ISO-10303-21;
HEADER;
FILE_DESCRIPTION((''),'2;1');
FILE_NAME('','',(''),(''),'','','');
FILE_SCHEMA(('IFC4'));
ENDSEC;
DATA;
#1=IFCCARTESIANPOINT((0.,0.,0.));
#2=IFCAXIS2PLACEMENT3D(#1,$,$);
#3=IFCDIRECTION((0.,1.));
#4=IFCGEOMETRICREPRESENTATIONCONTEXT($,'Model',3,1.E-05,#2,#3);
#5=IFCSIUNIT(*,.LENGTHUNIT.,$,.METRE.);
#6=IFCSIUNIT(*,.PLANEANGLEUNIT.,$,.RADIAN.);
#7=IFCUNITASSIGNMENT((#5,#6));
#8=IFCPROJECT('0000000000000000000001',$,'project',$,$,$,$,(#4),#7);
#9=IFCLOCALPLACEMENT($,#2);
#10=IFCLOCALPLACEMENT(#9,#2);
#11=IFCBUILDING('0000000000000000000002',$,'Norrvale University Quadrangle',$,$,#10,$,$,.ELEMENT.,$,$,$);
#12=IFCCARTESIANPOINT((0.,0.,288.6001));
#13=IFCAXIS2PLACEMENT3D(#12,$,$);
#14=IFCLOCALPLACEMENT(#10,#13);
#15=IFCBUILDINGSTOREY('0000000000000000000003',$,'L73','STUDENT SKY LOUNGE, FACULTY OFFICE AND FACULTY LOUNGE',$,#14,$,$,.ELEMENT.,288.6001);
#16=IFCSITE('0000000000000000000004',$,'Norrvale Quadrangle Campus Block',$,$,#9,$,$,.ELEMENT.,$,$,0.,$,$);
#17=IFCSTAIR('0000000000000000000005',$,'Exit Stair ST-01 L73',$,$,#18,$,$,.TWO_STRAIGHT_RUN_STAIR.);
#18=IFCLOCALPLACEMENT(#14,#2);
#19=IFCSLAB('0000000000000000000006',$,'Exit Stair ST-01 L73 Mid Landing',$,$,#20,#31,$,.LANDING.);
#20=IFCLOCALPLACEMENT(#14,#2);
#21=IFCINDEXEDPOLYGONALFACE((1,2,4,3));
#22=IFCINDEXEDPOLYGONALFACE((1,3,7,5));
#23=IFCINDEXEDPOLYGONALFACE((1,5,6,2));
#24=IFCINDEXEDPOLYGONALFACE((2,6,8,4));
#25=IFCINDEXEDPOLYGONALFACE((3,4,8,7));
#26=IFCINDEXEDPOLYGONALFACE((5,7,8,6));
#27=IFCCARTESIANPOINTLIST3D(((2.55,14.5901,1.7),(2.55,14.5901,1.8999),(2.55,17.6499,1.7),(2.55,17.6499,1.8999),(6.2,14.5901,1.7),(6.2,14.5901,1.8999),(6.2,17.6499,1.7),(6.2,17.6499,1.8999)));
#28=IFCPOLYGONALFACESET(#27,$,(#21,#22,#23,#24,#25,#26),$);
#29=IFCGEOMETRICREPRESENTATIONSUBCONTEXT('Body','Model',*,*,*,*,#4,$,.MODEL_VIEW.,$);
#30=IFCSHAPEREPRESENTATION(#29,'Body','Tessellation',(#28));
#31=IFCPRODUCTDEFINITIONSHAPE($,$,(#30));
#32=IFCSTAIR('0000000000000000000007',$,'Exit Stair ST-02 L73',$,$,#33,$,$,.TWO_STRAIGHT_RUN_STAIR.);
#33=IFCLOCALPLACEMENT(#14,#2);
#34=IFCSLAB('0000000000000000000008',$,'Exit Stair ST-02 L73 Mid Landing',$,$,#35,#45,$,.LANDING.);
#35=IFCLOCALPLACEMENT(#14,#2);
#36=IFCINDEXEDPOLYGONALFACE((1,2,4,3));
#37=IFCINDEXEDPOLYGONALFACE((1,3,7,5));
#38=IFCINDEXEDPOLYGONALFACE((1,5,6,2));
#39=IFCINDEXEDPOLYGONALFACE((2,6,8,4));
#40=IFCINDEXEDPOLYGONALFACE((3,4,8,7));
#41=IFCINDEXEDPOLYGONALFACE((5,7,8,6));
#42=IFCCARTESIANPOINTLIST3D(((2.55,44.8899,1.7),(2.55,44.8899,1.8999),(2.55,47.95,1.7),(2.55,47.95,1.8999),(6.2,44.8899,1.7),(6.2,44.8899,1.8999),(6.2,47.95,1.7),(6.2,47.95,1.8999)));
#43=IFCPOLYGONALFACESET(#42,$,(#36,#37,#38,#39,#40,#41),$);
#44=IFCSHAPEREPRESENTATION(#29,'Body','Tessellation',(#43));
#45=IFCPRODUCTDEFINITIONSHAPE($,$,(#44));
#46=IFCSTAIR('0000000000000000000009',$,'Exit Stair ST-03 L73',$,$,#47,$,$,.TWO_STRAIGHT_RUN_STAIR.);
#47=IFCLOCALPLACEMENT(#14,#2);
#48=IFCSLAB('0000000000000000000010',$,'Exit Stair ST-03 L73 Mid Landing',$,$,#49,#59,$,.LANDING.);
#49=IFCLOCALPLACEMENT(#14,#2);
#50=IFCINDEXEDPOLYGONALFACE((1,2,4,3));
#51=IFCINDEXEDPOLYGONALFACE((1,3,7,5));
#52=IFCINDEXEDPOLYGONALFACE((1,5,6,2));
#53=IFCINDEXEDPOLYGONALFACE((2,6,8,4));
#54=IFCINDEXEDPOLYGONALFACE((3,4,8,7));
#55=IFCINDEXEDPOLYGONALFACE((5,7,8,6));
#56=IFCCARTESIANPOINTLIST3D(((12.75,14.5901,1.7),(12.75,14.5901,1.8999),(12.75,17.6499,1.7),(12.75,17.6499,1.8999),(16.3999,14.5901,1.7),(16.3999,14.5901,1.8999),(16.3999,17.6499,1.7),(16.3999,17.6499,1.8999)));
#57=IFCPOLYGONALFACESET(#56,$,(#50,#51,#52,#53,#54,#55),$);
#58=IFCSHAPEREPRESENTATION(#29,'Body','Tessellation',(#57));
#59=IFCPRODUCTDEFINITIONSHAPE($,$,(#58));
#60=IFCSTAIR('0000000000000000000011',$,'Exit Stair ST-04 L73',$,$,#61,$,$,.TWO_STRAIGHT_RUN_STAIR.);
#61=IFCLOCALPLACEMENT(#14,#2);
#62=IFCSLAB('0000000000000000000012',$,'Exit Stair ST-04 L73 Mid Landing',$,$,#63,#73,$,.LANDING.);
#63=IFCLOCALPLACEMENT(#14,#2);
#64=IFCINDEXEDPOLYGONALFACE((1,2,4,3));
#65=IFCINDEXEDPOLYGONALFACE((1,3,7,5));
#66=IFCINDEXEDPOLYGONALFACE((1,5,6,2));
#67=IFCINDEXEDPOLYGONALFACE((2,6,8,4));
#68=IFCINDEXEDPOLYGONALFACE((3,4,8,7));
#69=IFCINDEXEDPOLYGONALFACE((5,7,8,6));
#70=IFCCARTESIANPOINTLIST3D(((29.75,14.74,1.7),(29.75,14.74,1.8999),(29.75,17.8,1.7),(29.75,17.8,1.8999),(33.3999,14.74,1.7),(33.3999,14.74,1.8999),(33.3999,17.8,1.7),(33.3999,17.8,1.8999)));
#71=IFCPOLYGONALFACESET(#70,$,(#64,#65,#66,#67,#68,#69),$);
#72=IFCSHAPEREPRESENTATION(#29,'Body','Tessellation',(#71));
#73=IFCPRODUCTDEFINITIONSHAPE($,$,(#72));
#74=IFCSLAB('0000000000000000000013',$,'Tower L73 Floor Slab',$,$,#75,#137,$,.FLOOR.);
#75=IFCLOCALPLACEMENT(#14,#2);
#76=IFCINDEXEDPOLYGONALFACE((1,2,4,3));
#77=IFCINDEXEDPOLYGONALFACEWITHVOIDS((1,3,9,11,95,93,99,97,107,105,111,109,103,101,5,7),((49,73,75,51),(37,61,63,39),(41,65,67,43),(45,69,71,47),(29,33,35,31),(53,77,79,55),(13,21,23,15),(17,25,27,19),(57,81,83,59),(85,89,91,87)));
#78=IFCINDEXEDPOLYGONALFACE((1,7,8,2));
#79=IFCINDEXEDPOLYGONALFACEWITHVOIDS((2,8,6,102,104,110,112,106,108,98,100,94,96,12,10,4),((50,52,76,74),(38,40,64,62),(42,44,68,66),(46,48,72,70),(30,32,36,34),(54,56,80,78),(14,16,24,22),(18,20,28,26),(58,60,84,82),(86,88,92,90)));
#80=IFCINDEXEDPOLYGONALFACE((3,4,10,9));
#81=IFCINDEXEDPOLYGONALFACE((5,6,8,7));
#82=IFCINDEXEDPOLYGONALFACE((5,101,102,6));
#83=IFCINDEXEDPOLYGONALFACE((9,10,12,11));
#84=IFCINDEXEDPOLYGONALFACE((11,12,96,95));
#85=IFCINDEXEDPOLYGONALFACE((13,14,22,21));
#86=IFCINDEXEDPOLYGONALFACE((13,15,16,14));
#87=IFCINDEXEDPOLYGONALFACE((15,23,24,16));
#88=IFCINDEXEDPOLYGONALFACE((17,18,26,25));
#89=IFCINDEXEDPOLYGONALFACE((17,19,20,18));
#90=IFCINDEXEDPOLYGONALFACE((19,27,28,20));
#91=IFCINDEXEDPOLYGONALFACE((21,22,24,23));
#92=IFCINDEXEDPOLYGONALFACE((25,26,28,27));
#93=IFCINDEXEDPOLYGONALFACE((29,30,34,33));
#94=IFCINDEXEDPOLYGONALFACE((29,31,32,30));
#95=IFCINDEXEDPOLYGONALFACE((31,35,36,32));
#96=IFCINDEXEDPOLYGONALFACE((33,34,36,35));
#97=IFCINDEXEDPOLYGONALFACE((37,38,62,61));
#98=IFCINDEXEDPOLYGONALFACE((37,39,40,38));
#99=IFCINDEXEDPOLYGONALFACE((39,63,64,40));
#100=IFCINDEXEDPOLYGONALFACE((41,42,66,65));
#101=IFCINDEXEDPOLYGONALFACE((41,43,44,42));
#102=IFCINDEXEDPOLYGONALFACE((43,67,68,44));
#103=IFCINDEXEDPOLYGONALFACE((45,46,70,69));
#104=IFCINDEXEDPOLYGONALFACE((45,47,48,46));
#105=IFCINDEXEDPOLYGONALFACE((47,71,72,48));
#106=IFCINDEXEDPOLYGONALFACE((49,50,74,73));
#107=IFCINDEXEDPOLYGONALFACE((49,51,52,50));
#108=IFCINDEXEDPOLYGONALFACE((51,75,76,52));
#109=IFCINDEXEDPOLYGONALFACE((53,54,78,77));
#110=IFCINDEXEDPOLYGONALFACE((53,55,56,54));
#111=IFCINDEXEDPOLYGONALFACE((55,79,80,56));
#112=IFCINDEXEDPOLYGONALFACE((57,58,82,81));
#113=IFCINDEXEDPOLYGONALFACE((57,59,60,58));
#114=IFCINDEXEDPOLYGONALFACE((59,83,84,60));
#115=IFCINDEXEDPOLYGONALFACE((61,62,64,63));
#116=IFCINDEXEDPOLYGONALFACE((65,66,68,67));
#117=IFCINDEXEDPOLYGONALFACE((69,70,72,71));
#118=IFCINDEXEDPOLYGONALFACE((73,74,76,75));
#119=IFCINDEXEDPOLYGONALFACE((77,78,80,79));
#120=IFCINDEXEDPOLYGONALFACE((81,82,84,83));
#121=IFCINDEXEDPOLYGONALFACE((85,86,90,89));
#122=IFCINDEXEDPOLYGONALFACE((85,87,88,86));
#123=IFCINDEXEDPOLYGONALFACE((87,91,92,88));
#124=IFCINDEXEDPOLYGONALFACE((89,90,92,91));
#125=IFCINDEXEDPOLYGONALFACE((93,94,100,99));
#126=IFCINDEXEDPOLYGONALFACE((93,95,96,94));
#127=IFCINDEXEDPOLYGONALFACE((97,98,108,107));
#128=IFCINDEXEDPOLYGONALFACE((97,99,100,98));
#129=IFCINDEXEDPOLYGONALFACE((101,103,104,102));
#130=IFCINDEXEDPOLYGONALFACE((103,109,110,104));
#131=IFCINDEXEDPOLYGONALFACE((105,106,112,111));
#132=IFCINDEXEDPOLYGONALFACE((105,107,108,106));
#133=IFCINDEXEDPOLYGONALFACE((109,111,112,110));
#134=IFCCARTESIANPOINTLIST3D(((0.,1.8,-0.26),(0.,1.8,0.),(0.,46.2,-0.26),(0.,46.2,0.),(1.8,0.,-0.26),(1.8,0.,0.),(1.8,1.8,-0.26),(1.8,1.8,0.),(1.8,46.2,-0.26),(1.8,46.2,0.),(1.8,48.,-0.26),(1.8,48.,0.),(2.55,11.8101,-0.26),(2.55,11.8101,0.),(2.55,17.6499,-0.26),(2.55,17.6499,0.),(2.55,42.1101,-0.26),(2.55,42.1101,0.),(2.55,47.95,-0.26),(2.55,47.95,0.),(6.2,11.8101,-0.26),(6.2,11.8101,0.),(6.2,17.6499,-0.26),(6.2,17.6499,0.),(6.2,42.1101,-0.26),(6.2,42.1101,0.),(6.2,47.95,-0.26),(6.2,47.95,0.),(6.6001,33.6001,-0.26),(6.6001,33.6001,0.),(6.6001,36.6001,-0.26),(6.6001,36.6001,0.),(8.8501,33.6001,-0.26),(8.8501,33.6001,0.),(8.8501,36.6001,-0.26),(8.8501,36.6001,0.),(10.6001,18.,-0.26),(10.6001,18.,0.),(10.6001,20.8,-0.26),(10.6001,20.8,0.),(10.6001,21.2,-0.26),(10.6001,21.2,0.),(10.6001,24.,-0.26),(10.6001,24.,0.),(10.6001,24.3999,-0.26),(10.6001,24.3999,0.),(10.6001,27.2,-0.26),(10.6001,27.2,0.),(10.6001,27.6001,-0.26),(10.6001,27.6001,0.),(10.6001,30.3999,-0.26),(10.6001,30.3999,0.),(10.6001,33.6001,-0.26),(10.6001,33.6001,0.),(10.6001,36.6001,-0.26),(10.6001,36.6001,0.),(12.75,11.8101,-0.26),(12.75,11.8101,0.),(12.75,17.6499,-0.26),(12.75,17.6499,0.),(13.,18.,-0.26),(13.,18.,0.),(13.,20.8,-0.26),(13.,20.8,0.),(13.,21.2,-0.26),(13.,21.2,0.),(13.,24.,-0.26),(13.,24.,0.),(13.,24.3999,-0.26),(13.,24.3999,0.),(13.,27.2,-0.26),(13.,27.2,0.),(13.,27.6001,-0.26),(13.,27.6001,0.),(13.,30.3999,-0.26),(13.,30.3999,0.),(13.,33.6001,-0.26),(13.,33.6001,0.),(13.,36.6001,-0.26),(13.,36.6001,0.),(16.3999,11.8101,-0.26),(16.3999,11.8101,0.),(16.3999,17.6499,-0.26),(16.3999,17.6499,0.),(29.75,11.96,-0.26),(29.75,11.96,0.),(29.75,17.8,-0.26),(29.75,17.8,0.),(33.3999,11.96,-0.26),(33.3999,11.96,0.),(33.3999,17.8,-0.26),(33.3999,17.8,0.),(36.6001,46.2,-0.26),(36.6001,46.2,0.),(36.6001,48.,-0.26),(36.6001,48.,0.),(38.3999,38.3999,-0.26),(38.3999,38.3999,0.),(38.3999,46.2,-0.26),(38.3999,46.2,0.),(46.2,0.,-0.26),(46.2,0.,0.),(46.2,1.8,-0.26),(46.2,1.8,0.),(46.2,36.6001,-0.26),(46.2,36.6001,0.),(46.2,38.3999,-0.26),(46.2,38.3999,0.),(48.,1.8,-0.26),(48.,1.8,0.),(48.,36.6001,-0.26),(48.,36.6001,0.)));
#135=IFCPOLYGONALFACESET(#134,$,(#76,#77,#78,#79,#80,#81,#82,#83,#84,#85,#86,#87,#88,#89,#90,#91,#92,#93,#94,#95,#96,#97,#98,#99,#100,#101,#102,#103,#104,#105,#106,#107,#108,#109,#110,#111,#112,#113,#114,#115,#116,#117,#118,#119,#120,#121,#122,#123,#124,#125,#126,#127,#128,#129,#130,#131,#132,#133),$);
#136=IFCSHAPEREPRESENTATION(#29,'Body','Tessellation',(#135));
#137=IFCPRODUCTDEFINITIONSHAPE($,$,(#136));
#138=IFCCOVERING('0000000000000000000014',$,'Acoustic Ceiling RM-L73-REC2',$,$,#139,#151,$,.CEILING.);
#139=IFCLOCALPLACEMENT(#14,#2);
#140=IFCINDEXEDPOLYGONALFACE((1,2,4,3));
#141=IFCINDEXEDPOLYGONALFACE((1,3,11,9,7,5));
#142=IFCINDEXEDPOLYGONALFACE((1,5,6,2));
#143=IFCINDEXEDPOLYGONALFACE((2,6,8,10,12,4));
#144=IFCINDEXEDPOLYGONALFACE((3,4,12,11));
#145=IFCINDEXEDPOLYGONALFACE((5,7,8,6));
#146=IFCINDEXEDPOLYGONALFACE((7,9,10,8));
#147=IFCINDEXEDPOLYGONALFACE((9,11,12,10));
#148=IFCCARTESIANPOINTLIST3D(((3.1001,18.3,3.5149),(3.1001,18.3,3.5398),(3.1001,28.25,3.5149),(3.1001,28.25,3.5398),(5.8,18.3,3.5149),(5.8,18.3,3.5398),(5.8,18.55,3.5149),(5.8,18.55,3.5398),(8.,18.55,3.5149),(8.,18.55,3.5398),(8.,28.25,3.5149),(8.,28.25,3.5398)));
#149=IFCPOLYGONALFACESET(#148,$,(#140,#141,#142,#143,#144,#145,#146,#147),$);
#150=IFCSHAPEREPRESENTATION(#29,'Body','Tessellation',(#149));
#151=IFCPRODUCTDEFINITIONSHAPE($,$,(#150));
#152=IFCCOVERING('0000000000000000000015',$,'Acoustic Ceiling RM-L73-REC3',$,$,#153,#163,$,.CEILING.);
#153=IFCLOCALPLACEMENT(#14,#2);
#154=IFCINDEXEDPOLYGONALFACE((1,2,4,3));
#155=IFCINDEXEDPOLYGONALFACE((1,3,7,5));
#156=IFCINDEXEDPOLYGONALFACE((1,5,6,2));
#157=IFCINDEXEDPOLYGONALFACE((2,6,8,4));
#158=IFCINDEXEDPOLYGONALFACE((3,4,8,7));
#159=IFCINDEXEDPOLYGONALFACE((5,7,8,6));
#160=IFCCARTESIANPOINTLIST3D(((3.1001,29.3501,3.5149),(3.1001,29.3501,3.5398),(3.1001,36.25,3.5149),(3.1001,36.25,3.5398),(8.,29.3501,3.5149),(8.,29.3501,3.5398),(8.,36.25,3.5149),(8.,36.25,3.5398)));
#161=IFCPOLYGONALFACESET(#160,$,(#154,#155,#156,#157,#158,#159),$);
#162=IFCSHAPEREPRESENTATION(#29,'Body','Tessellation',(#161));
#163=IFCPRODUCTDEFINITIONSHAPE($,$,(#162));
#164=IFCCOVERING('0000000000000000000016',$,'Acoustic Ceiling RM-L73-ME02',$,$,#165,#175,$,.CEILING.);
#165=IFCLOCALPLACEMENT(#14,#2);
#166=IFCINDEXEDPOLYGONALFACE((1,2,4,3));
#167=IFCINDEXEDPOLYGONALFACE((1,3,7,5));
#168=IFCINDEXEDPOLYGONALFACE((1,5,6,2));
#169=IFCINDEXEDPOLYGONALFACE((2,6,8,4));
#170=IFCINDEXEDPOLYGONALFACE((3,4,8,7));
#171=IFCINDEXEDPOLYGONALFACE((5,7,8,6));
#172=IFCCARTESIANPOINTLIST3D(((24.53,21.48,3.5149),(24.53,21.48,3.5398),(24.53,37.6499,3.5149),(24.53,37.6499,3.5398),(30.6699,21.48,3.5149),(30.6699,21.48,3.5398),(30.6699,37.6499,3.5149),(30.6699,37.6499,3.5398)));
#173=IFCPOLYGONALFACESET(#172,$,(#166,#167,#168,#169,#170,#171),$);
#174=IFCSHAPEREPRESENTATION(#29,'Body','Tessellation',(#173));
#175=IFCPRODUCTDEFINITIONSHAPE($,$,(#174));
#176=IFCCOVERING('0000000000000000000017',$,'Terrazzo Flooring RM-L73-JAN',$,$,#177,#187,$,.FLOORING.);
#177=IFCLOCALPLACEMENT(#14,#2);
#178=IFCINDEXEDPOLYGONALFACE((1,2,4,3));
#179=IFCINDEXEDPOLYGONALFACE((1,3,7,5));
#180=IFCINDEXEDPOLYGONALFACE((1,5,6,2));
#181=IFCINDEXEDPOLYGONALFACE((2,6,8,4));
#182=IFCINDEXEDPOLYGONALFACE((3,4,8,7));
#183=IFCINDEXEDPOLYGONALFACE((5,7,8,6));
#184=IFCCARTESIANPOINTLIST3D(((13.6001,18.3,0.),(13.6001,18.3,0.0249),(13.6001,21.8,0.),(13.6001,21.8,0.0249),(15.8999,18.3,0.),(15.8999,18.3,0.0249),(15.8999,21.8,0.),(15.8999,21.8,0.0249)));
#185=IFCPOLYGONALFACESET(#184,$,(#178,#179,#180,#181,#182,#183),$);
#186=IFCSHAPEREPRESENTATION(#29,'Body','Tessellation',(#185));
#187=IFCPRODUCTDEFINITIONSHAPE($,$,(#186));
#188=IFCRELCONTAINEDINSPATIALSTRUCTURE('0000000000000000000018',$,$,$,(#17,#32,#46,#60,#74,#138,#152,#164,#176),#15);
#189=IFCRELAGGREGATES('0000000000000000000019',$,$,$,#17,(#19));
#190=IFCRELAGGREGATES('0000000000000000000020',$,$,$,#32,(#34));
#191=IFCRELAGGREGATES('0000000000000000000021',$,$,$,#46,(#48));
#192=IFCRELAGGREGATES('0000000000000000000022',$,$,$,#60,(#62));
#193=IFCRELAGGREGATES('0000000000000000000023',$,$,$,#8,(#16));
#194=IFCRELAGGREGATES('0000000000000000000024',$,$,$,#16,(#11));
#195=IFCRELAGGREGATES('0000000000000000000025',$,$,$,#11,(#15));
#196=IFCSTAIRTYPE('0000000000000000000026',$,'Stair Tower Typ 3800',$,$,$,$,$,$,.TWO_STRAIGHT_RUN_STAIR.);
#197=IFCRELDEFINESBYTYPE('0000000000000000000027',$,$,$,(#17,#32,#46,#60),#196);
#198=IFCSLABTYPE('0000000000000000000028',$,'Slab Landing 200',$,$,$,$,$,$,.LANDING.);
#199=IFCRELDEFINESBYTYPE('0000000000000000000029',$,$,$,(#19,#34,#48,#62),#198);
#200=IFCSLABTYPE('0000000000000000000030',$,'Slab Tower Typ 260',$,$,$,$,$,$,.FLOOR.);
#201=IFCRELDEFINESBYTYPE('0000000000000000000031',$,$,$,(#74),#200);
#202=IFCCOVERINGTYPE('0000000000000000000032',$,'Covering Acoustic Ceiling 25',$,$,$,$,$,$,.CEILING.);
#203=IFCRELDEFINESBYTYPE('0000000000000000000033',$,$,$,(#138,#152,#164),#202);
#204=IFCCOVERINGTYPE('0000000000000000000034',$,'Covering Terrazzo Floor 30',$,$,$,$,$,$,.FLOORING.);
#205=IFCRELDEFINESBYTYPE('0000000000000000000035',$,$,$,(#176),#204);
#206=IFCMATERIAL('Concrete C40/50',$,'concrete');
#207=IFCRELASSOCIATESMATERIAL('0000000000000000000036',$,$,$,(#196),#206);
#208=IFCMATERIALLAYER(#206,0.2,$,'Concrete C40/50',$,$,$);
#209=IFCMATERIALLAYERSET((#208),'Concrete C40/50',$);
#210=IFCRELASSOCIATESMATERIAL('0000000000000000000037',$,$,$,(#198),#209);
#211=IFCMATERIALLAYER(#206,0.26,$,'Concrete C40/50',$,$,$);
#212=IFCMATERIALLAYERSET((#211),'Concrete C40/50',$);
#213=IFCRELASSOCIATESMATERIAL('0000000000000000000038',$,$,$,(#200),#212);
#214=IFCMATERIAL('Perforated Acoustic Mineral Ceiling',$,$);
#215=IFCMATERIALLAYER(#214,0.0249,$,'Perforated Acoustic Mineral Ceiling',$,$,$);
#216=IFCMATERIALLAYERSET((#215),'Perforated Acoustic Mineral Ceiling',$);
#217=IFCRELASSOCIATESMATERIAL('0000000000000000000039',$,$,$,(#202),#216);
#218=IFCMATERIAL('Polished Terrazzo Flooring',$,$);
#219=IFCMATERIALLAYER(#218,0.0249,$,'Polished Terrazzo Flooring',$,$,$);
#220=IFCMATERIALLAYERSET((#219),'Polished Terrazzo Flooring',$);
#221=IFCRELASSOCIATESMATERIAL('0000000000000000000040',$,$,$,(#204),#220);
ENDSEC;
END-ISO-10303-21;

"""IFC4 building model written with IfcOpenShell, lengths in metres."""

from ifc_helpers import new_model, si_unit, direction, frame, origin, place, context, subcontext, project, spatial, polyline, outline, extrude, material, layer, layer_set, type_object, element, aggregate, save


model = new_model("IFC4")

# Units and contexts
model_context = context("Model", 3, precision=1e-05, world=origin(), true_north=direction((0.0, 1.0)))
body_context = subcontext(model_context, "Body", "Model", "MODEL_VIEW")
ifc_project = project(units=[si_unit("LENGTHUNIT", "METRE"), si_unit("PLANEANGLEUNIT", "RADIAN")], contexts=[model_context])

# Site, building, storey
site_placement = place(None, origin())
site = spatial("IfcSite", under=ifc_project, at=site_placement, Name="Norrvale Quadrangle Campus Block", CompositionType="ELEMENT", RefElevation=0.0)
building_placement = place(site_placement, origin())
building = spatial("IfcBuilding", under=site, at=building_placement, Name="Norrvale University Quadrangle", CompositionType="ELEMENT")
storey_placement = place(building_placement, frame((0.0, 0.0, 288.6001)))
storey = spatial("IfcBuildingStorey", under=building, at=storey_placement, Name="L73", Description="STUDENT SKY LOUNGE, FACULTY OFFICE AND FACULTY LOUNGE", CompositionType="ELEMENT", Elevation=288.6001)

# Stairs, slabs
ifc_material_1 = material(Name="Concrete C40/50", Category="concrete")
stair_type = type_object("IfcStairType", Name="Stair Tower Typ 3800", PredefinedType="TWO_STRAIGHT_RUN_STAIR", material=ifc_material_1)
stair_1_placement = place(storey_placement, origin())
stair_1 = element("IfcStair", 1, at=stair_1_placement, inside=storey, type_object=stair_type, Name="Exit Stair ST-01 L73", PredefinedType="TWO_STRAIGHT_RUN_STAIR")
ifc_layer_1 = layer(ifc_material_1, 0.2, Name="Concrete C40/50")
ifc_layer_set_1 = layer_set([ifc_layer_1], Name="Concrete C40/50")
slab_type_1 = type_object("IfcSlabType", Name="Slab Landing 200", PredefinedType="LANDING", material=ifc_layer_set_1)
slab_1_placement = place(storey_placement, frame((0.0, 0.0, 1.7)))
slab_1 = element("IfcSlab", 2, at=slab_1_placement, type_object=slab_type_1, Name="Exit Stair ST-01 L73 Mid Landing", PredefinedType="LANDING", context=body_context, shape_type="SweptSolid", body=[
    extrude(outline(polyline([(2.55, 14.5901), (6.2, 14.5901), (6.2, 17.6499), (2.55, 17.6499), (2.55, 14.5901)])), origin(), (0.0, 0.0, 1.0), 0.2),
])
aggregate(stair_1, [slab_1])
stair_2_placement = place(storey_placement, origin())
stair_2 = element("IfcStair", 3, at=stair_2_placement, inside=storey, type_object=stair_type, Name="Exit Stair ST-02 L73", PredefinedType="TWO_STRAIGHT_RUN_STAIR")
slab_2_placement = place(storey_placement, frame((0.0, 0.0, 1.7)))
slab_2 = element("IfcSlab", 4, at=slab_2_placement, type_object=slab_type_1, Name="Exit Stair ST-02 L73 Mid Landing", PredefinedType="LANDING", context=body_context, shape_type="SweptSolid", body=[
    extrude(outline(polyline([(2.55, 44.8899), (6.2, 44.8899), (6.2, 47.95), (2.55, 47.95), (2.55, 44.8899)])), origin(), (0.0, 0.0, 1.0), 0.2),
])
aggregate(stair_2, [slab_2])
stair_3_placement = place(storey_placement, origin())
stair_3 = element("IfcStair", 5, at=stair_3_placement, inside=storey, type_object=stair_type, Name="Exit Stair ST-03 L73", PredefinedType="TWO_STRAIGHT_RUN_STAIR")
slab_3_placement = place(storey_placement, frame((0.0, 0.0, 1.7)))
slab_3 = element("IfcSlab", 6, at=slab_3_placement, type_object=slab_type_1, Name="Exit Stair ST-03 L73 Mid Landing", PredefinedType="LANDING", context=body_context, shape_type="SweptSolid", body=[
    extrude(outline(polyline([(12.75, 14.5901), (16.3999, 14.5901), (16.3999, 17.6499), (12.75, 17.6499), (12.75, 14.5901)])), origin(), (0.0, 0.0, 1.0), 0.2),
])
aggregate(stair_3, [slab_3])
stair_4_placement = place(storey_placement, origin())
stair_4 = element("IfcStair", 7, at=stair_4_placement, inside=storey, type_object=stair_type, Name="Exit Stair ST-04 L73", PredefinedType="TWO_STRAIGHT_RUN_STAIR")
slab_4_placement = place(storey_placement, frame((0.0, 0.0, 1.7)))
slab_4 = element("IfcSlab", 8, at=slab_4_placement, type_object=slab_type_1, Name="Exit Stair ST-04 L73 Mid Landing", PredefinedType="LANDING", context=body_context, shape_type="SweptSolid", body=[
    extrude(outline(polyline([(29.75, 14.74), (33.3999, 14.74), (33.3999, 17.8), (29.75, 17.8), (29.75, 14.74)])), origin(), (0.0, 0.0, 1.0), 0.2),
])
aggregate(stair_4, [slab_4])

# Slab
ifc_layer_2 = layer(ifc_material_1, 0.26, Name="Concrete C40/50")
ifc_layer_set_2 = layer_set([ifc_layer_2], Name="Concrete C40/50")
slab_type_2 = type_object("IfcSlabType", Name="Slab Tower Typ 260", PredefinedType="FLOOR", material=ifc_layer_set_2)
slab_5_placement = place(storey_placement, frame((0.0, 0.0, -0.26)))
element("IfcSlab", 9, at=slab_5_placement, inside=storey, type_object=slab_type_2, Name="Tower L73 Floor Slab", PredefinedType="FLOOR", context=body_context, shape_type="SweptSolid", body=[
    extrude(outline(polyline([(1.8, 0.0), (46.2, 0.0), (46.2, 1.8), (48.0, 1.8), (48.0, 36.6001), (46.2, 36.6001), (46.2, 38.3999), (38.3999, 38.3999), (38.3999, 46.2), (36.6001, 46.2), (36.6001, 48.0), (1.8, 48.0), (1.8, 46.2), (0.0, 46.2), (0.0, 1.8), (1.8, 1.8), (1.8, 0.0)]), holes=[polyline([(2.55, 11.8101), (6.2, 11.8101), (6.2, 17.6499), (2.55, 17.6499), (2.55, 11.8101)]), polyline([(2.55, 42.1101), (6.2, 42.1101), (6.2, 47.95), (2.55, 47.95), (2.55, 42.1101)]), polyline([(12.75, 11.8101), (16.3999, 11.8101), (16.3999, 17.6499), (12.75, 17.6499), (12.75, 11.8101)]), polyline([(29.75, 11.96), (33.3999, 11.96), (33.3999, 17.8), (29.75, 17.8), (29.75, 11.96)]), polyline([(10.6001, 18.0), (13.0, 18.0), (13.0, 20.8), (10.6001, 20.8), (10.6001, 18.0)]), polyline([(10.6001, 21.2), (13.0, 21.2), (13.0, 24.0), (10.6001, 24.0), (10.6001, 21.2)]), polyline([(10.6001, 24.3999), (13.0, 24.3999), (13.0, 27.2), (10.6001, 27.2), (10.6001, 24.3999)]), polyline([(10.6001, 27.6001), (13.0, 27.6001), (13.0, 30.3999), (10.6001, 30.3999), (10.6001, 27.6001)]), polyline([(6.6001, 33.6001), (8.8501, 33.6001), (8.8501, 36.6001), (6.6001, 36.6001), (6.6001, 33.6001)]), polyline([(10.6001, 33.6001), (13.0, 33.6001), (13.0, 36.6001), (10.6001, 36.6001), (10.6001, 33.6001)])]), origin(), (0.0, 0.0, 1.0), 0.26),
])

# Coverings
ifc_material_2 = material(Name="Perforated Acoustic Mineral Ceiling")
ifc_layer_3 = layer(ifc_material_2, 0.0249, Name="Perforated Acoustic Mineral Ceiling")
ifc_layer_set_3 = layer_set([ifc_layer_3], Name="Perforated Acoustic Mineral Ceiling")
covering_type_1 = type_object("IfcCoveringType", Name="Covering Acoustic Ceiling 25", PredefinedType="CEILING", material=ifc_layer_set_3)
covering_1_placement = place(storey_placement, frame((0.0, 0.0, 3.5149)))
element("IfcCovering", 10, at=covering_1_placement, inside=storey, type_object=covering_type_1, Name="Acoustic Ceiling RM-L73-REC2", PredefinedType="CEILING", context=body_context, shape_type="SweptSolid", body=[
    extrude(outline(polyline([(3.1001, 18.3), (3.1001, 28.25), (8.0, 28.25), (8.0, 18.55), (5.8, 18.55), (5.8, 18.3), (3.1001, 18.3)])), origin(), (0.0, 0.0, 1.0), 0.0249),
])
covering_2_placement = place(storey_placement, frame((0.0, 0.0, 3.5149)))
element("IfcCovering", 11, at=covering_2_placement, inside=storey, type_object=covering_type_1, Name="Acoustic Ceiling RM-L73-REC3", PredefinedType="CEILING", context=body_context, shape_type="SweptSolid", body=[
    extrude(outline(polyline([(3.1001, 29.3501), (3.1001, 36.25), (8.0, 36.25), (8.0, 29.3501), (3.1001, 29.3501)])), origin(), (0.0, 0.0, 1.0), 0.0249),
])
covering_3_placement = place(storey_placement, frame((0.0, 0.0, 3.5149)))
element("IfcCovering", 12, at=covering_3_placement, inside=storey, type_object=covering_type_1, Name="Acoustic Ceiling RM-L73-ME02", PredefinedType="CEILING", context=body_context, shape_type="SweptSolid", body=[
    extrude(outline(polyline([(24.53, 37.6499), (30.6699, 37.6499), (30.6699, 21.48), (24.53, 21.48), (24.53, 37.6499)])), origin(), (0.0, 0.0, 1.0), 0.0249),
])
ifc_material_3 = material(Name="Polished Terrazzo Flooring")
ifc_layer_4 = layer(ifc_material_3, 0.0249, Name="Polished Terrazzo Flooring")
ifc_layer_set_4 = layer_set([ifc_layer_4], Name="Polished Terrazzo Flooring")
covering_type_2 = type_object("IfcCoveringType", Name="Covering Terrazzo Floor 30", PredefinedType="FLOORING", material=ifc_layer_set_4)
covering_4_placement = place(storey_placement, origin())
element("IfcCovering", 13, at=covering_4_placement, inside=storey, type_object=covering_type_2, Name="Terrazzo Flooring RM-L73-JAN", PredefinedType="FLOORING", context=body_context, shape_type="SweptSolid", body=[
    extrude(outline(polyline([(13.6001, 18.3), (13.6001, 21.8), (15.8999, 21.8), (15.8999, 18.3), (13.6001, 18.3)])), origin(), (0.0, 0.0, 1.0), 0.0249),
])

save(model, "model.ifc")
